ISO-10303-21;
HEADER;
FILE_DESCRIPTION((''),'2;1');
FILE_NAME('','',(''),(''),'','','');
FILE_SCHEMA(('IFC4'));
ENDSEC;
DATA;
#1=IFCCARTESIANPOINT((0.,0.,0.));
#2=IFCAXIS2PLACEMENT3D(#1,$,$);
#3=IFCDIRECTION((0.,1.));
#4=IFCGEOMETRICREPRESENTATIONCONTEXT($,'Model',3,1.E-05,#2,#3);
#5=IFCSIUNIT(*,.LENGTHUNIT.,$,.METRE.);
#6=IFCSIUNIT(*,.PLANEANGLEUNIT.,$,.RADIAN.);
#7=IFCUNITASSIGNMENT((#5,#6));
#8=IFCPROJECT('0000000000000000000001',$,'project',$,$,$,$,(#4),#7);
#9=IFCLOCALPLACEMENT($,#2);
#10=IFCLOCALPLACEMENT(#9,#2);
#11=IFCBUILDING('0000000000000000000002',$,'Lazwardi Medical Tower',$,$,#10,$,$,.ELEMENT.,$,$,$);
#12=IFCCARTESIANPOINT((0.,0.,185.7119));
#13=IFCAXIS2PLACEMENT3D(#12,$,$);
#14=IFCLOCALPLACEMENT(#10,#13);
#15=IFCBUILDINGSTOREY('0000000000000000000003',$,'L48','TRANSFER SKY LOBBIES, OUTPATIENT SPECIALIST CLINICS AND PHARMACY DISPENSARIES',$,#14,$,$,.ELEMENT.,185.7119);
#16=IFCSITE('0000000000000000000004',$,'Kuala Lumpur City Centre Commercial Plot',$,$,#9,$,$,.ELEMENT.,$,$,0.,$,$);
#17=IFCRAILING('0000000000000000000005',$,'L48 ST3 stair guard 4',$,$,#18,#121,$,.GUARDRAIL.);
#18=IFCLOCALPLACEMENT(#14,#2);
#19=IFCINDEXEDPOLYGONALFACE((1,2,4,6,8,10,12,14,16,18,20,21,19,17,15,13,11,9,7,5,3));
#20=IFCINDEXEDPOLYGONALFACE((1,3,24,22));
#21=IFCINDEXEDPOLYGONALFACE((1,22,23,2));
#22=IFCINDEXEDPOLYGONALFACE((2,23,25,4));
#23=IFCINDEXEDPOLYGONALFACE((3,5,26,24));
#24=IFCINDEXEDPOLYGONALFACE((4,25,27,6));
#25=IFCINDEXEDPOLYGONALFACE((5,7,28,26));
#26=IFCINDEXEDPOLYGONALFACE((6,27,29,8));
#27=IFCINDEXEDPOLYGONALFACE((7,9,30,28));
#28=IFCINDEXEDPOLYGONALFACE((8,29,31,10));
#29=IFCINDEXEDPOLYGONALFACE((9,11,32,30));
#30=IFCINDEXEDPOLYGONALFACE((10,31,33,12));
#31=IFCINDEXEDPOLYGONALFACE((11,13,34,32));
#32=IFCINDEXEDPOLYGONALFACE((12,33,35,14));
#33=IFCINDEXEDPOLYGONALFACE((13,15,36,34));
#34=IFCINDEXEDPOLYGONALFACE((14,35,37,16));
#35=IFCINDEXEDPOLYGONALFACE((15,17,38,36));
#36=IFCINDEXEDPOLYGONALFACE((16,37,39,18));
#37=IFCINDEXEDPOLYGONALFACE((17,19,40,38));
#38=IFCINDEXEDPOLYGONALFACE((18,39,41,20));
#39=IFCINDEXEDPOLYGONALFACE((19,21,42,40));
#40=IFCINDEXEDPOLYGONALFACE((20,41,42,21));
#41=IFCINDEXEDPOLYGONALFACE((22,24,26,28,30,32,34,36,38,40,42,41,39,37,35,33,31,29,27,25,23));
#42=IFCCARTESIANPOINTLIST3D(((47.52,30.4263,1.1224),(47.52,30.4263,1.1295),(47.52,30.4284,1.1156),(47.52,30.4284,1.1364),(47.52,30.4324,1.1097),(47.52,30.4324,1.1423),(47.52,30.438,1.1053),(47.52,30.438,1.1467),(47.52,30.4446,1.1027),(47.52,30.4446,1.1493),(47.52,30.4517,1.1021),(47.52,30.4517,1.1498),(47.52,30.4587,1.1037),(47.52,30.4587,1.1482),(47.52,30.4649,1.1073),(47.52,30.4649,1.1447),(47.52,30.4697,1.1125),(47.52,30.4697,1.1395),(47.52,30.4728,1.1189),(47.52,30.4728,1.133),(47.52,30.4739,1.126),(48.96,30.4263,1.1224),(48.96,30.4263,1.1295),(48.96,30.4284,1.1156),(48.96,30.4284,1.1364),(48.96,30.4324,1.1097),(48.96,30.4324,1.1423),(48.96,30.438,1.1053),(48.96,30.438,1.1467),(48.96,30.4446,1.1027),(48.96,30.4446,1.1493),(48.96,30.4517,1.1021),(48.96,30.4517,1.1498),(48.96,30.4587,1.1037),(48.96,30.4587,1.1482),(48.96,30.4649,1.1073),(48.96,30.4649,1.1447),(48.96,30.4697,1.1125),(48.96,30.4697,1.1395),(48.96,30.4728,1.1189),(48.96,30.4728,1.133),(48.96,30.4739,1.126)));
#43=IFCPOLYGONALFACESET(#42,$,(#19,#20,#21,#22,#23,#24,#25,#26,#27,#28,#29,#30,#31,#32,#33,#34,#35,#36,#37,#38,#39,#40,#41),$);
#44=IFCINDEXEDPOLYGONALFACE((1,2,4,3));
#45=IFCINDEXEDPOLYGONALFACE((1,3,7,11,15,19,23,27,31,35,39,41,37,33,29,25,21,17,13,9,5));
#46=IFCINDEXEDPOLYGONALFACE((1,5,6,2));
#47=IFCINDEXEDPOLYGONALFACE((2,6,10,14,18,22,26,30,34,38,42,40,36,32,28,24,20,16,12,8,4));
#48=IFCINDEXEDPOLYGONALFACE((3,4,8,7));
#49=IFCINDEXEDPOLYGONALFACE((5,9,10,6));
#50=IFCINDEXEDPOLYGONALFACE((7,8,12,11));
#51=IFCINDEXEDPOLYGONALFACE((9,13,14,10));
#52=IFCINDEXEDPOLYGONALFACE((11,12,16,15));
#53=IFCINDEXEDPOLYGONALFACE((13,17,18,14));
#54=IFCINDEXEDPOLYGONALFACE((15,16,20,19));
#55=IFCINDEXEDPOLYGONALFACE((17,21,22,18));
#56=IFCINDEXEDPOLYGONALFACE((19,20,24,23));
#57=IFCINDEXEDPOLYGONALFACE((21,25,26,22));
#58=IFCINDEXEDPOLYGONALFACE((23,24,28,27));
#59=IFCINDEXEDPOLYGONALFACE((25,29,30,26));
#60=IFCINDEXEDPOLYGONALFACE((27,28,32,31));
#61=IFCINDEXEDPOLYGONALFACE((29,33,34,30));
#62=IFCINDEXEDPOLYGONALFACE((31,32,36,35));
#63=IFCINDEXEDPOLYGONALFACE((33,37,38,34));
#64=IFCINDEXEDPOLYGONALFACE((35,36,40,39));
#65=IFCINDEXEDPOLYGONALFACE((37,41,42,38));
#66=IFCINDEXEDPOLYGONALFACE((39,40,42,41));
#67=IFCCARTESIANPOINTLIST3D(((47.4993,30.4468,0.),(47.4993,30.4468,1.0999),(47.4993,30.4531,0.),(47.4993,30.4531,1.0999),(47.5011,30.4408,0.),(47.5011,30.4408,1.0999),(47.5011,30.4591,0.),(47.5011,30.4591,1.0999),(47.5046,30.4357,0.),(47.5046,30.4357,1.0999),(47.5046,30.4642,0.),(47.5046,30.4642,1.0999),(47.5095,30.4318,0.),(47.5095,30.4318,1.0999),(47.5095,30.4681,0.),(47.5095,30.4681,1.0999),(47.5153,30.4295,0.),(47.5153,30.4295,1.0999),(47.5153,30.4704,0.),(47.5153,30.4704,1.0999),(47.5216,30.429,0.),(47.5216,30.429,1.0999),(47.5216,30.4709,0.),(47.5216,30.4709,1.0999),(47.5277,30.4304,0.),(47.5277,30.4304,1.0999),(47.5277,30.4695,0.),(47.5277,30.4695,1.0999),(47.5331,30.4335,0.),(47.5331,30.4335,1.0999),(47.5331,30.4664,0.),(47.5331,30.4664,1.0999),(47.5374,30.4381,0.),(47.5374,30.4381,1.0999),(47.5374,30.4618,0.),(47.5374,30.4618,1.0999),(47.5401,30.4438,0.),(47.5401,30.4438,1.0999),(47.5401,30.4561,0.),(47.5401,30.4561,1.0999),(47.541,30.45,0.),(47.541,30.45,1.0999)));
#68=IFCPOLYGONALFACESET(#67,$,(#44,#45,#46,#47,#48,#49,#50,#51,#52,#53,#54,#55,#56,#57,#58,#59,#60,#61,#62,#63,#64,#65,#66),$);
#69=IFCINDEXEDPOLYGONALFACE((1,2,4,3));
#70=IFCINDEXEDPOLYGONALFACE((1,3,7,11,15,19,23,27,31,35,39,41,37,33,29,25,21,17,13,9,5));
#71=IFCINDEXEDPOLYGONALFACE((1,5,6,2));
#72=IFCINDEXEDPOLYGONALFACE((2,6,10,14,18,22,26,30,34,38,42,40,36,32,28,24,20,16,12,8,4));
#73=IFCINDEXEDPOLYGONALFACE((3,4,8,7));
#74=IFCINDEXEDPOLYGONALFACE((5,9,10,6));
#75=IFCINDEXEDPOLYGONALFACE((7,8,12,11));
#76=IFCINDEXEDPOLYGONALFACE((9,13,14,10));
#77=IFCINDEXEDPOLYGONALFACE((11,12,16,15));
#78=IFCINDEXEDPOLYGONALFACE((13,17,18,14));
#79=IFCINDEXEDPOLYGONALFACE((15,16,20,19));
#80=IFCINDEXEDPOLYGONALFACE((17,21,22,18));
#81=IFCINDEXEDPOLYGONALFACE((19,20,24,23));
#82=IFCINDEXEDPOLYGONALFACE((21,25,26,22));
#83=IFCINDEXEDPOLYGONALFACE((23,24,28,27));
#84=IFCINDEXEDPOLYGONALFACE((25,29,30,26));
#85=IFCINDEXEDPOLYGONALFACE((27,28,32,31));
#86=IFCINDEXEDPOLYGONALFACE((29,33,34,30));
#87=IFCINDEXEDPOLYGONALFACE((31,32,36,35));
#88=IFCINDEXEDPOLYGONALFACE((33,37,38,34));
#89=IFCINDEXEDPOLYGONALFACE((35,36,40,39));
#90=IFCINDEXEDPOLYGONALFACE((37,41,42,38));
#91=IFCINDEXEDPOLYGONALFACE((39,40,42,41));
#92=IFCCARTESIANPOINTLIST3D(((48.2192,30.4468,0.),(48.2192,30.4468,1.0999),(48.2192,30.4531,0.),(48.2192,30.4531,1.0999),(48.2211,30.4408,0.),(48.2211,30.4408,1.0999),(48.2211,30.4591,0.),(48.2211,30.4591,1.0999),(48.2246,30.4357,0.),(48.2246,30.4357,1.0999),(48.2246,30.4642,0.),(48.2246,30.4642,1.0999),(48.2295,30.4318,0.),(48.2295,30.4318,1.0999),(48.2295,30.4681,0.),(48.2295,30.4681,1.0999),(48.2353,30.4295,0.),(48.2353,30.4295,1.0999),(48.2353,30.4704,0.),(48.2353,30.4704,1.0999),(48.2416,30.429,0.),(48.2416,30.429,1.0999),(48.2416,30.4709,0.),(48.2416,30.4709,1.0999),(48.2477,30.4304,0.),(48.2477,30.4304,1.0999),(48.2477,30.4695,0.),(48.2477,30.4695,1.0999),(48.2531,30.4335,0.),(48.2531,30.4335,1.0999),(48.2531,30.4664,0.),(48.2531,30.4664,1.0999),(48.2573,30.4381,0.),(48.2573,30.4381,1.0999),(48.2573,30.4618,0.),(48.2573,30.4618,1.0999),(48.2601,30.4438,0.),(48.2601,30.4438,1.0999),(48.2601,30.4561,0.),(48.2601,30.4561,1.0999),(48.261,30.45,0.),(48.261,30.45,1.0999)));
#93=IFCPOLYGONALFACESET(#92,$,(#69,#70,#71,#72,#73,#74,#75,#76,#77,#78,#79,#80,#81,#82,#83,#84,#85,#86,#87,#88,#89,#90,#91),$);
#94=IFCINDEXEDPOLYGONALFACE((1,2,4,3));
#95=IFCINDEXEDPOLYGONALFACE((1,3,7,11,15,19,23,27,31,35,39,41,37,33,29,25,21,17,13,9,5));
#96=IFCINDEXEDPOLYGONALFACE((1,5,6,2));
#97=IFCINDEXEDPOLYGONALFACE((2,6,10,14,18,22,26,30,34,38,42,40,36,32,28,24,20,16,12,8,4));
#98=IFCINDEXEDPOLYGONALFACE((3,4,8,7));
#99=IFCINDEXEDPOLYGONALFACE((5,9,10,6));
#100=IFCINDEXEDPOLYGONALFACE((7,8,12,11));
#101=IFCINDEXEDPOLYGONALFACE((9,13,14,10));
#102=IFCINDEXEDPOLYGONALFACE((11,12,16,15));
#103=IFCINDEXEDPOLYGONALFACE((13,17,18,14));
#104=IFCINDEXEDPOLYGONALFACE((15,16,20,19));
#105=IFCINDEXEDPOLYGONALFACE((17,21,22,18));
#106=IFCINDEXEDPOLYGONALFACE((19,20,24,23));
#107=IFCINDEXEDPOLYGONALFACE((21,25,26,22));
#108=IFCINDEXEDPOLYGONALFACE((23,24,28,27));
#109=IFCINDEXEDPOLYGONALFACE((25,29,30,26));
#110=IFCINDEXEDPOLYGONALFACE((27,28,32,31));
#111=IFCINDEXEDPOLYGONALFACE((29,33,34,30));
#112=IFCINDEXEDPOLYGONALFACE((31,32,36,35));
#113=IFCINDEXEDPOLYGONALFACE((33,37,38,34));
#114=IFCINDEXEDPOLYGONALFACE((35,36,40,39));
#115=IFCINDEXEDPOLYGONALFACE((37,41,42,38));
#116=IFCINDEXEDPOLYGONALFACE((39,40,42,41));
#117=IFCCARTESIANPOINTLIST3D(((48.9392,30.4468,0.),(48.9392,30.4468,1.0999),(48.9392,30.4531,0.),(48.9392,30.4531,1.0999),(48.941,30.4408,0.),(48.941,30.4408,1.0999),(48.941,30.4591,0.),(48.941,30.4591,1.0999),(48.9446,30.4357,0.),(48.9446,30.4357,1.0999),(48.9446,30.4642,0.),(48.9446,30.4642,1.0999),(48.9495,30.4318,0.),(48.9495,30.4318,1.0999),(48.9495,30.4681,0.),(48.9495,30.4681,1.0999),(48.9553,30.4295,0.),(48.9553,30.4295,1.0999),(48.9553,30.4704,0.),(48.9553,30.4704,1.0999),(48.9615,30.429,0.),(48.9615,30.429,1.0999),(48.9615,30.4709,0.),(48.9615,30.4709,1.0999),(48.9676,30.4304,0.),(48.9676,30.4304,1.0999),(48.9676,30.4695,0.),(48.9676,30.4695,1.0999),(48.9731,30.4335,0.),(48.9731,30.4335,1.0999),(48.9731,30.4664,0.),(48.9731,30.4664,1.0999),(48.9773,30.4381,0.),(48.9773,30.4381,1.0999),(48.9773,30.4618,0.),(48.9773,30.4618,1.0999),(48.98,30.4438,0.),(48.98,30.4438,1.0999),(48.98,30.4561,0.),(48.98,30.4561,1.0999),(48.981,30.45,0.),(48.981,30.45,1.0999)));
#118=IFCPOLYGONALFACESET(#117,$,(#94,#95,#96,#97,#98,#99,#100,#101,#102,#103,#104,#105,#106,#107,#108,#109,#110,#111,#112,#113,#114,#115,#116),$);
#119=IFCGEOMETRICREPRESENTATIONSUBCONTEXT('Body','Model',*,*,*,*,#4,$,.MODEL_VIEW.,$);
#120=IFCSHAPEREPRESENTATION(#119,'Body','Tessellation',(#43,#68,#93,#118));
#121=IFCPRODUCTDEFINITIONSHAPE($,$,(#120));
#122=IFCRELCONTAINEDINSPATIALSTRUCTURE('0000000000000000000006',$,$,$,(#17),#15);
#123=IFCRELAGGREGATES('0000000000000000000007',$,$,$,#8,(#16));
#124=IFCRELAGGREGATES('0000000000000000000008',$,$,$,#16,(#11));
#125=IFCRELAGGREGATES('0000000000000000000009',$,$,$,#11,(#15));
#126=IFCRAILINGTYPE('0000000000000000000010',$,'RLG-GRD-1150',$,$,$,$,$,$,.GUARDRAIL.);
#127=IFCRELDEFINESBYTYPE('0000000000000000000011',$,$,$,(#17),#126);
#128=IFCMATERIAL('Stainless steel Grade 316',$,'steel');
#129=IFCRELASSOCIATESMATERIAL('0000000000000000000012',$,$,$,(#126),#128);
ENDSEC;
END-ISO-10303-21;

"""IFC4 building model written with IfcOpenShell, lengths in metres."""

from ifc_helpers import new_model, si_unit, direction, frame, origin, origin_2d, place, context, subcontext, project, spatial, circle, extrude, material, type_object, element, save


model = new_model("IFC4")

# Units and contexts
model_context = context("Model", 3, precision=1e-05, world=origin(), true_north=direction((0.0, 1.0)))
body_context = subcontext(model_context, "Body", "Model", "MODEL_VIEW")
ifc_project = project(units=[si_unit("LENGTHUNIT", "METRE"), si_unit("PLANEANGLEUNIT", "RADIAN")], contexts=[model_context])

# Site, building, storey
site_placement = place(None, origin())
site = spatial("IfcSite", under=ifc_project, at=site_placement, Name="Kuala Lumpur City Centre Commercial Plot", CompositionType="ELEMENT", RefElevation=0.0)
building_placement = place(site_placement, origin())
building = spatial("IfcBuilding", under=site, at=building_placement, Name="Lazwardi Medical Tower", CompositionType="ELEMENT")
storey_placement = place(building_placement, frame((0.0, 0.0, 185.7119)))
storey = spatial("IfcBuildingStorey", under=building, at=storey_placement, Name="L48", Description="TRANSFER SKY LOBBIES, OUTPATIENT SPECIALIST CLINICS AND PHARMACY DISPENSARIES", CompositionType="ELEMENT", Elevation=185.7119)

# Railing
ifc_material_1 = material(Name="Stainless steel Grade 316", Category="steel")
railing_type_1 = type_object("IfcRailingType", Name="RLG-GRD-1150", PredefinedType="GUARDRAIL", material=ifc_material_1)
railing_1_placement = place(storey_placement, frame((47.52, 30.45, 0.0)))
element("IfcRailing", 1, at=railing_1_placement, inside=storey, type_object=railing_type_1, Name="L48 ST3 stair guard 4", PredefinedType="GUARDRAIL", context=body_context, shape_type="SweptSolid", body=[
    extrude(circle(Radius=0.0239, at=origin_2d()), frame((0.0, 0.0, 1.126), z_axis=(1.0, 0.0, 0.0), x_axis=(0.0, 1.0, 0.0)), (0.0, 0.0, 1.0), 1.4399),
    extrude(circle(Radius=0.021, at=origin_2d()), origin(), (0.0, 0.0, 1.0), 1.0999),
    extrude(circle(Radius=0.021, at=origin_2d()), frame((0.72, 0.0, 0.0)), (0.0, 0.0, 1.0), 1.0999),
    extrude(circle(Radius=0.021, at=origin_2d()), frame((1.4399, 0.0, 0.0)), (0.0, 0.0, 1.0), 1.0999),
])

save(model, "model.ifc")
